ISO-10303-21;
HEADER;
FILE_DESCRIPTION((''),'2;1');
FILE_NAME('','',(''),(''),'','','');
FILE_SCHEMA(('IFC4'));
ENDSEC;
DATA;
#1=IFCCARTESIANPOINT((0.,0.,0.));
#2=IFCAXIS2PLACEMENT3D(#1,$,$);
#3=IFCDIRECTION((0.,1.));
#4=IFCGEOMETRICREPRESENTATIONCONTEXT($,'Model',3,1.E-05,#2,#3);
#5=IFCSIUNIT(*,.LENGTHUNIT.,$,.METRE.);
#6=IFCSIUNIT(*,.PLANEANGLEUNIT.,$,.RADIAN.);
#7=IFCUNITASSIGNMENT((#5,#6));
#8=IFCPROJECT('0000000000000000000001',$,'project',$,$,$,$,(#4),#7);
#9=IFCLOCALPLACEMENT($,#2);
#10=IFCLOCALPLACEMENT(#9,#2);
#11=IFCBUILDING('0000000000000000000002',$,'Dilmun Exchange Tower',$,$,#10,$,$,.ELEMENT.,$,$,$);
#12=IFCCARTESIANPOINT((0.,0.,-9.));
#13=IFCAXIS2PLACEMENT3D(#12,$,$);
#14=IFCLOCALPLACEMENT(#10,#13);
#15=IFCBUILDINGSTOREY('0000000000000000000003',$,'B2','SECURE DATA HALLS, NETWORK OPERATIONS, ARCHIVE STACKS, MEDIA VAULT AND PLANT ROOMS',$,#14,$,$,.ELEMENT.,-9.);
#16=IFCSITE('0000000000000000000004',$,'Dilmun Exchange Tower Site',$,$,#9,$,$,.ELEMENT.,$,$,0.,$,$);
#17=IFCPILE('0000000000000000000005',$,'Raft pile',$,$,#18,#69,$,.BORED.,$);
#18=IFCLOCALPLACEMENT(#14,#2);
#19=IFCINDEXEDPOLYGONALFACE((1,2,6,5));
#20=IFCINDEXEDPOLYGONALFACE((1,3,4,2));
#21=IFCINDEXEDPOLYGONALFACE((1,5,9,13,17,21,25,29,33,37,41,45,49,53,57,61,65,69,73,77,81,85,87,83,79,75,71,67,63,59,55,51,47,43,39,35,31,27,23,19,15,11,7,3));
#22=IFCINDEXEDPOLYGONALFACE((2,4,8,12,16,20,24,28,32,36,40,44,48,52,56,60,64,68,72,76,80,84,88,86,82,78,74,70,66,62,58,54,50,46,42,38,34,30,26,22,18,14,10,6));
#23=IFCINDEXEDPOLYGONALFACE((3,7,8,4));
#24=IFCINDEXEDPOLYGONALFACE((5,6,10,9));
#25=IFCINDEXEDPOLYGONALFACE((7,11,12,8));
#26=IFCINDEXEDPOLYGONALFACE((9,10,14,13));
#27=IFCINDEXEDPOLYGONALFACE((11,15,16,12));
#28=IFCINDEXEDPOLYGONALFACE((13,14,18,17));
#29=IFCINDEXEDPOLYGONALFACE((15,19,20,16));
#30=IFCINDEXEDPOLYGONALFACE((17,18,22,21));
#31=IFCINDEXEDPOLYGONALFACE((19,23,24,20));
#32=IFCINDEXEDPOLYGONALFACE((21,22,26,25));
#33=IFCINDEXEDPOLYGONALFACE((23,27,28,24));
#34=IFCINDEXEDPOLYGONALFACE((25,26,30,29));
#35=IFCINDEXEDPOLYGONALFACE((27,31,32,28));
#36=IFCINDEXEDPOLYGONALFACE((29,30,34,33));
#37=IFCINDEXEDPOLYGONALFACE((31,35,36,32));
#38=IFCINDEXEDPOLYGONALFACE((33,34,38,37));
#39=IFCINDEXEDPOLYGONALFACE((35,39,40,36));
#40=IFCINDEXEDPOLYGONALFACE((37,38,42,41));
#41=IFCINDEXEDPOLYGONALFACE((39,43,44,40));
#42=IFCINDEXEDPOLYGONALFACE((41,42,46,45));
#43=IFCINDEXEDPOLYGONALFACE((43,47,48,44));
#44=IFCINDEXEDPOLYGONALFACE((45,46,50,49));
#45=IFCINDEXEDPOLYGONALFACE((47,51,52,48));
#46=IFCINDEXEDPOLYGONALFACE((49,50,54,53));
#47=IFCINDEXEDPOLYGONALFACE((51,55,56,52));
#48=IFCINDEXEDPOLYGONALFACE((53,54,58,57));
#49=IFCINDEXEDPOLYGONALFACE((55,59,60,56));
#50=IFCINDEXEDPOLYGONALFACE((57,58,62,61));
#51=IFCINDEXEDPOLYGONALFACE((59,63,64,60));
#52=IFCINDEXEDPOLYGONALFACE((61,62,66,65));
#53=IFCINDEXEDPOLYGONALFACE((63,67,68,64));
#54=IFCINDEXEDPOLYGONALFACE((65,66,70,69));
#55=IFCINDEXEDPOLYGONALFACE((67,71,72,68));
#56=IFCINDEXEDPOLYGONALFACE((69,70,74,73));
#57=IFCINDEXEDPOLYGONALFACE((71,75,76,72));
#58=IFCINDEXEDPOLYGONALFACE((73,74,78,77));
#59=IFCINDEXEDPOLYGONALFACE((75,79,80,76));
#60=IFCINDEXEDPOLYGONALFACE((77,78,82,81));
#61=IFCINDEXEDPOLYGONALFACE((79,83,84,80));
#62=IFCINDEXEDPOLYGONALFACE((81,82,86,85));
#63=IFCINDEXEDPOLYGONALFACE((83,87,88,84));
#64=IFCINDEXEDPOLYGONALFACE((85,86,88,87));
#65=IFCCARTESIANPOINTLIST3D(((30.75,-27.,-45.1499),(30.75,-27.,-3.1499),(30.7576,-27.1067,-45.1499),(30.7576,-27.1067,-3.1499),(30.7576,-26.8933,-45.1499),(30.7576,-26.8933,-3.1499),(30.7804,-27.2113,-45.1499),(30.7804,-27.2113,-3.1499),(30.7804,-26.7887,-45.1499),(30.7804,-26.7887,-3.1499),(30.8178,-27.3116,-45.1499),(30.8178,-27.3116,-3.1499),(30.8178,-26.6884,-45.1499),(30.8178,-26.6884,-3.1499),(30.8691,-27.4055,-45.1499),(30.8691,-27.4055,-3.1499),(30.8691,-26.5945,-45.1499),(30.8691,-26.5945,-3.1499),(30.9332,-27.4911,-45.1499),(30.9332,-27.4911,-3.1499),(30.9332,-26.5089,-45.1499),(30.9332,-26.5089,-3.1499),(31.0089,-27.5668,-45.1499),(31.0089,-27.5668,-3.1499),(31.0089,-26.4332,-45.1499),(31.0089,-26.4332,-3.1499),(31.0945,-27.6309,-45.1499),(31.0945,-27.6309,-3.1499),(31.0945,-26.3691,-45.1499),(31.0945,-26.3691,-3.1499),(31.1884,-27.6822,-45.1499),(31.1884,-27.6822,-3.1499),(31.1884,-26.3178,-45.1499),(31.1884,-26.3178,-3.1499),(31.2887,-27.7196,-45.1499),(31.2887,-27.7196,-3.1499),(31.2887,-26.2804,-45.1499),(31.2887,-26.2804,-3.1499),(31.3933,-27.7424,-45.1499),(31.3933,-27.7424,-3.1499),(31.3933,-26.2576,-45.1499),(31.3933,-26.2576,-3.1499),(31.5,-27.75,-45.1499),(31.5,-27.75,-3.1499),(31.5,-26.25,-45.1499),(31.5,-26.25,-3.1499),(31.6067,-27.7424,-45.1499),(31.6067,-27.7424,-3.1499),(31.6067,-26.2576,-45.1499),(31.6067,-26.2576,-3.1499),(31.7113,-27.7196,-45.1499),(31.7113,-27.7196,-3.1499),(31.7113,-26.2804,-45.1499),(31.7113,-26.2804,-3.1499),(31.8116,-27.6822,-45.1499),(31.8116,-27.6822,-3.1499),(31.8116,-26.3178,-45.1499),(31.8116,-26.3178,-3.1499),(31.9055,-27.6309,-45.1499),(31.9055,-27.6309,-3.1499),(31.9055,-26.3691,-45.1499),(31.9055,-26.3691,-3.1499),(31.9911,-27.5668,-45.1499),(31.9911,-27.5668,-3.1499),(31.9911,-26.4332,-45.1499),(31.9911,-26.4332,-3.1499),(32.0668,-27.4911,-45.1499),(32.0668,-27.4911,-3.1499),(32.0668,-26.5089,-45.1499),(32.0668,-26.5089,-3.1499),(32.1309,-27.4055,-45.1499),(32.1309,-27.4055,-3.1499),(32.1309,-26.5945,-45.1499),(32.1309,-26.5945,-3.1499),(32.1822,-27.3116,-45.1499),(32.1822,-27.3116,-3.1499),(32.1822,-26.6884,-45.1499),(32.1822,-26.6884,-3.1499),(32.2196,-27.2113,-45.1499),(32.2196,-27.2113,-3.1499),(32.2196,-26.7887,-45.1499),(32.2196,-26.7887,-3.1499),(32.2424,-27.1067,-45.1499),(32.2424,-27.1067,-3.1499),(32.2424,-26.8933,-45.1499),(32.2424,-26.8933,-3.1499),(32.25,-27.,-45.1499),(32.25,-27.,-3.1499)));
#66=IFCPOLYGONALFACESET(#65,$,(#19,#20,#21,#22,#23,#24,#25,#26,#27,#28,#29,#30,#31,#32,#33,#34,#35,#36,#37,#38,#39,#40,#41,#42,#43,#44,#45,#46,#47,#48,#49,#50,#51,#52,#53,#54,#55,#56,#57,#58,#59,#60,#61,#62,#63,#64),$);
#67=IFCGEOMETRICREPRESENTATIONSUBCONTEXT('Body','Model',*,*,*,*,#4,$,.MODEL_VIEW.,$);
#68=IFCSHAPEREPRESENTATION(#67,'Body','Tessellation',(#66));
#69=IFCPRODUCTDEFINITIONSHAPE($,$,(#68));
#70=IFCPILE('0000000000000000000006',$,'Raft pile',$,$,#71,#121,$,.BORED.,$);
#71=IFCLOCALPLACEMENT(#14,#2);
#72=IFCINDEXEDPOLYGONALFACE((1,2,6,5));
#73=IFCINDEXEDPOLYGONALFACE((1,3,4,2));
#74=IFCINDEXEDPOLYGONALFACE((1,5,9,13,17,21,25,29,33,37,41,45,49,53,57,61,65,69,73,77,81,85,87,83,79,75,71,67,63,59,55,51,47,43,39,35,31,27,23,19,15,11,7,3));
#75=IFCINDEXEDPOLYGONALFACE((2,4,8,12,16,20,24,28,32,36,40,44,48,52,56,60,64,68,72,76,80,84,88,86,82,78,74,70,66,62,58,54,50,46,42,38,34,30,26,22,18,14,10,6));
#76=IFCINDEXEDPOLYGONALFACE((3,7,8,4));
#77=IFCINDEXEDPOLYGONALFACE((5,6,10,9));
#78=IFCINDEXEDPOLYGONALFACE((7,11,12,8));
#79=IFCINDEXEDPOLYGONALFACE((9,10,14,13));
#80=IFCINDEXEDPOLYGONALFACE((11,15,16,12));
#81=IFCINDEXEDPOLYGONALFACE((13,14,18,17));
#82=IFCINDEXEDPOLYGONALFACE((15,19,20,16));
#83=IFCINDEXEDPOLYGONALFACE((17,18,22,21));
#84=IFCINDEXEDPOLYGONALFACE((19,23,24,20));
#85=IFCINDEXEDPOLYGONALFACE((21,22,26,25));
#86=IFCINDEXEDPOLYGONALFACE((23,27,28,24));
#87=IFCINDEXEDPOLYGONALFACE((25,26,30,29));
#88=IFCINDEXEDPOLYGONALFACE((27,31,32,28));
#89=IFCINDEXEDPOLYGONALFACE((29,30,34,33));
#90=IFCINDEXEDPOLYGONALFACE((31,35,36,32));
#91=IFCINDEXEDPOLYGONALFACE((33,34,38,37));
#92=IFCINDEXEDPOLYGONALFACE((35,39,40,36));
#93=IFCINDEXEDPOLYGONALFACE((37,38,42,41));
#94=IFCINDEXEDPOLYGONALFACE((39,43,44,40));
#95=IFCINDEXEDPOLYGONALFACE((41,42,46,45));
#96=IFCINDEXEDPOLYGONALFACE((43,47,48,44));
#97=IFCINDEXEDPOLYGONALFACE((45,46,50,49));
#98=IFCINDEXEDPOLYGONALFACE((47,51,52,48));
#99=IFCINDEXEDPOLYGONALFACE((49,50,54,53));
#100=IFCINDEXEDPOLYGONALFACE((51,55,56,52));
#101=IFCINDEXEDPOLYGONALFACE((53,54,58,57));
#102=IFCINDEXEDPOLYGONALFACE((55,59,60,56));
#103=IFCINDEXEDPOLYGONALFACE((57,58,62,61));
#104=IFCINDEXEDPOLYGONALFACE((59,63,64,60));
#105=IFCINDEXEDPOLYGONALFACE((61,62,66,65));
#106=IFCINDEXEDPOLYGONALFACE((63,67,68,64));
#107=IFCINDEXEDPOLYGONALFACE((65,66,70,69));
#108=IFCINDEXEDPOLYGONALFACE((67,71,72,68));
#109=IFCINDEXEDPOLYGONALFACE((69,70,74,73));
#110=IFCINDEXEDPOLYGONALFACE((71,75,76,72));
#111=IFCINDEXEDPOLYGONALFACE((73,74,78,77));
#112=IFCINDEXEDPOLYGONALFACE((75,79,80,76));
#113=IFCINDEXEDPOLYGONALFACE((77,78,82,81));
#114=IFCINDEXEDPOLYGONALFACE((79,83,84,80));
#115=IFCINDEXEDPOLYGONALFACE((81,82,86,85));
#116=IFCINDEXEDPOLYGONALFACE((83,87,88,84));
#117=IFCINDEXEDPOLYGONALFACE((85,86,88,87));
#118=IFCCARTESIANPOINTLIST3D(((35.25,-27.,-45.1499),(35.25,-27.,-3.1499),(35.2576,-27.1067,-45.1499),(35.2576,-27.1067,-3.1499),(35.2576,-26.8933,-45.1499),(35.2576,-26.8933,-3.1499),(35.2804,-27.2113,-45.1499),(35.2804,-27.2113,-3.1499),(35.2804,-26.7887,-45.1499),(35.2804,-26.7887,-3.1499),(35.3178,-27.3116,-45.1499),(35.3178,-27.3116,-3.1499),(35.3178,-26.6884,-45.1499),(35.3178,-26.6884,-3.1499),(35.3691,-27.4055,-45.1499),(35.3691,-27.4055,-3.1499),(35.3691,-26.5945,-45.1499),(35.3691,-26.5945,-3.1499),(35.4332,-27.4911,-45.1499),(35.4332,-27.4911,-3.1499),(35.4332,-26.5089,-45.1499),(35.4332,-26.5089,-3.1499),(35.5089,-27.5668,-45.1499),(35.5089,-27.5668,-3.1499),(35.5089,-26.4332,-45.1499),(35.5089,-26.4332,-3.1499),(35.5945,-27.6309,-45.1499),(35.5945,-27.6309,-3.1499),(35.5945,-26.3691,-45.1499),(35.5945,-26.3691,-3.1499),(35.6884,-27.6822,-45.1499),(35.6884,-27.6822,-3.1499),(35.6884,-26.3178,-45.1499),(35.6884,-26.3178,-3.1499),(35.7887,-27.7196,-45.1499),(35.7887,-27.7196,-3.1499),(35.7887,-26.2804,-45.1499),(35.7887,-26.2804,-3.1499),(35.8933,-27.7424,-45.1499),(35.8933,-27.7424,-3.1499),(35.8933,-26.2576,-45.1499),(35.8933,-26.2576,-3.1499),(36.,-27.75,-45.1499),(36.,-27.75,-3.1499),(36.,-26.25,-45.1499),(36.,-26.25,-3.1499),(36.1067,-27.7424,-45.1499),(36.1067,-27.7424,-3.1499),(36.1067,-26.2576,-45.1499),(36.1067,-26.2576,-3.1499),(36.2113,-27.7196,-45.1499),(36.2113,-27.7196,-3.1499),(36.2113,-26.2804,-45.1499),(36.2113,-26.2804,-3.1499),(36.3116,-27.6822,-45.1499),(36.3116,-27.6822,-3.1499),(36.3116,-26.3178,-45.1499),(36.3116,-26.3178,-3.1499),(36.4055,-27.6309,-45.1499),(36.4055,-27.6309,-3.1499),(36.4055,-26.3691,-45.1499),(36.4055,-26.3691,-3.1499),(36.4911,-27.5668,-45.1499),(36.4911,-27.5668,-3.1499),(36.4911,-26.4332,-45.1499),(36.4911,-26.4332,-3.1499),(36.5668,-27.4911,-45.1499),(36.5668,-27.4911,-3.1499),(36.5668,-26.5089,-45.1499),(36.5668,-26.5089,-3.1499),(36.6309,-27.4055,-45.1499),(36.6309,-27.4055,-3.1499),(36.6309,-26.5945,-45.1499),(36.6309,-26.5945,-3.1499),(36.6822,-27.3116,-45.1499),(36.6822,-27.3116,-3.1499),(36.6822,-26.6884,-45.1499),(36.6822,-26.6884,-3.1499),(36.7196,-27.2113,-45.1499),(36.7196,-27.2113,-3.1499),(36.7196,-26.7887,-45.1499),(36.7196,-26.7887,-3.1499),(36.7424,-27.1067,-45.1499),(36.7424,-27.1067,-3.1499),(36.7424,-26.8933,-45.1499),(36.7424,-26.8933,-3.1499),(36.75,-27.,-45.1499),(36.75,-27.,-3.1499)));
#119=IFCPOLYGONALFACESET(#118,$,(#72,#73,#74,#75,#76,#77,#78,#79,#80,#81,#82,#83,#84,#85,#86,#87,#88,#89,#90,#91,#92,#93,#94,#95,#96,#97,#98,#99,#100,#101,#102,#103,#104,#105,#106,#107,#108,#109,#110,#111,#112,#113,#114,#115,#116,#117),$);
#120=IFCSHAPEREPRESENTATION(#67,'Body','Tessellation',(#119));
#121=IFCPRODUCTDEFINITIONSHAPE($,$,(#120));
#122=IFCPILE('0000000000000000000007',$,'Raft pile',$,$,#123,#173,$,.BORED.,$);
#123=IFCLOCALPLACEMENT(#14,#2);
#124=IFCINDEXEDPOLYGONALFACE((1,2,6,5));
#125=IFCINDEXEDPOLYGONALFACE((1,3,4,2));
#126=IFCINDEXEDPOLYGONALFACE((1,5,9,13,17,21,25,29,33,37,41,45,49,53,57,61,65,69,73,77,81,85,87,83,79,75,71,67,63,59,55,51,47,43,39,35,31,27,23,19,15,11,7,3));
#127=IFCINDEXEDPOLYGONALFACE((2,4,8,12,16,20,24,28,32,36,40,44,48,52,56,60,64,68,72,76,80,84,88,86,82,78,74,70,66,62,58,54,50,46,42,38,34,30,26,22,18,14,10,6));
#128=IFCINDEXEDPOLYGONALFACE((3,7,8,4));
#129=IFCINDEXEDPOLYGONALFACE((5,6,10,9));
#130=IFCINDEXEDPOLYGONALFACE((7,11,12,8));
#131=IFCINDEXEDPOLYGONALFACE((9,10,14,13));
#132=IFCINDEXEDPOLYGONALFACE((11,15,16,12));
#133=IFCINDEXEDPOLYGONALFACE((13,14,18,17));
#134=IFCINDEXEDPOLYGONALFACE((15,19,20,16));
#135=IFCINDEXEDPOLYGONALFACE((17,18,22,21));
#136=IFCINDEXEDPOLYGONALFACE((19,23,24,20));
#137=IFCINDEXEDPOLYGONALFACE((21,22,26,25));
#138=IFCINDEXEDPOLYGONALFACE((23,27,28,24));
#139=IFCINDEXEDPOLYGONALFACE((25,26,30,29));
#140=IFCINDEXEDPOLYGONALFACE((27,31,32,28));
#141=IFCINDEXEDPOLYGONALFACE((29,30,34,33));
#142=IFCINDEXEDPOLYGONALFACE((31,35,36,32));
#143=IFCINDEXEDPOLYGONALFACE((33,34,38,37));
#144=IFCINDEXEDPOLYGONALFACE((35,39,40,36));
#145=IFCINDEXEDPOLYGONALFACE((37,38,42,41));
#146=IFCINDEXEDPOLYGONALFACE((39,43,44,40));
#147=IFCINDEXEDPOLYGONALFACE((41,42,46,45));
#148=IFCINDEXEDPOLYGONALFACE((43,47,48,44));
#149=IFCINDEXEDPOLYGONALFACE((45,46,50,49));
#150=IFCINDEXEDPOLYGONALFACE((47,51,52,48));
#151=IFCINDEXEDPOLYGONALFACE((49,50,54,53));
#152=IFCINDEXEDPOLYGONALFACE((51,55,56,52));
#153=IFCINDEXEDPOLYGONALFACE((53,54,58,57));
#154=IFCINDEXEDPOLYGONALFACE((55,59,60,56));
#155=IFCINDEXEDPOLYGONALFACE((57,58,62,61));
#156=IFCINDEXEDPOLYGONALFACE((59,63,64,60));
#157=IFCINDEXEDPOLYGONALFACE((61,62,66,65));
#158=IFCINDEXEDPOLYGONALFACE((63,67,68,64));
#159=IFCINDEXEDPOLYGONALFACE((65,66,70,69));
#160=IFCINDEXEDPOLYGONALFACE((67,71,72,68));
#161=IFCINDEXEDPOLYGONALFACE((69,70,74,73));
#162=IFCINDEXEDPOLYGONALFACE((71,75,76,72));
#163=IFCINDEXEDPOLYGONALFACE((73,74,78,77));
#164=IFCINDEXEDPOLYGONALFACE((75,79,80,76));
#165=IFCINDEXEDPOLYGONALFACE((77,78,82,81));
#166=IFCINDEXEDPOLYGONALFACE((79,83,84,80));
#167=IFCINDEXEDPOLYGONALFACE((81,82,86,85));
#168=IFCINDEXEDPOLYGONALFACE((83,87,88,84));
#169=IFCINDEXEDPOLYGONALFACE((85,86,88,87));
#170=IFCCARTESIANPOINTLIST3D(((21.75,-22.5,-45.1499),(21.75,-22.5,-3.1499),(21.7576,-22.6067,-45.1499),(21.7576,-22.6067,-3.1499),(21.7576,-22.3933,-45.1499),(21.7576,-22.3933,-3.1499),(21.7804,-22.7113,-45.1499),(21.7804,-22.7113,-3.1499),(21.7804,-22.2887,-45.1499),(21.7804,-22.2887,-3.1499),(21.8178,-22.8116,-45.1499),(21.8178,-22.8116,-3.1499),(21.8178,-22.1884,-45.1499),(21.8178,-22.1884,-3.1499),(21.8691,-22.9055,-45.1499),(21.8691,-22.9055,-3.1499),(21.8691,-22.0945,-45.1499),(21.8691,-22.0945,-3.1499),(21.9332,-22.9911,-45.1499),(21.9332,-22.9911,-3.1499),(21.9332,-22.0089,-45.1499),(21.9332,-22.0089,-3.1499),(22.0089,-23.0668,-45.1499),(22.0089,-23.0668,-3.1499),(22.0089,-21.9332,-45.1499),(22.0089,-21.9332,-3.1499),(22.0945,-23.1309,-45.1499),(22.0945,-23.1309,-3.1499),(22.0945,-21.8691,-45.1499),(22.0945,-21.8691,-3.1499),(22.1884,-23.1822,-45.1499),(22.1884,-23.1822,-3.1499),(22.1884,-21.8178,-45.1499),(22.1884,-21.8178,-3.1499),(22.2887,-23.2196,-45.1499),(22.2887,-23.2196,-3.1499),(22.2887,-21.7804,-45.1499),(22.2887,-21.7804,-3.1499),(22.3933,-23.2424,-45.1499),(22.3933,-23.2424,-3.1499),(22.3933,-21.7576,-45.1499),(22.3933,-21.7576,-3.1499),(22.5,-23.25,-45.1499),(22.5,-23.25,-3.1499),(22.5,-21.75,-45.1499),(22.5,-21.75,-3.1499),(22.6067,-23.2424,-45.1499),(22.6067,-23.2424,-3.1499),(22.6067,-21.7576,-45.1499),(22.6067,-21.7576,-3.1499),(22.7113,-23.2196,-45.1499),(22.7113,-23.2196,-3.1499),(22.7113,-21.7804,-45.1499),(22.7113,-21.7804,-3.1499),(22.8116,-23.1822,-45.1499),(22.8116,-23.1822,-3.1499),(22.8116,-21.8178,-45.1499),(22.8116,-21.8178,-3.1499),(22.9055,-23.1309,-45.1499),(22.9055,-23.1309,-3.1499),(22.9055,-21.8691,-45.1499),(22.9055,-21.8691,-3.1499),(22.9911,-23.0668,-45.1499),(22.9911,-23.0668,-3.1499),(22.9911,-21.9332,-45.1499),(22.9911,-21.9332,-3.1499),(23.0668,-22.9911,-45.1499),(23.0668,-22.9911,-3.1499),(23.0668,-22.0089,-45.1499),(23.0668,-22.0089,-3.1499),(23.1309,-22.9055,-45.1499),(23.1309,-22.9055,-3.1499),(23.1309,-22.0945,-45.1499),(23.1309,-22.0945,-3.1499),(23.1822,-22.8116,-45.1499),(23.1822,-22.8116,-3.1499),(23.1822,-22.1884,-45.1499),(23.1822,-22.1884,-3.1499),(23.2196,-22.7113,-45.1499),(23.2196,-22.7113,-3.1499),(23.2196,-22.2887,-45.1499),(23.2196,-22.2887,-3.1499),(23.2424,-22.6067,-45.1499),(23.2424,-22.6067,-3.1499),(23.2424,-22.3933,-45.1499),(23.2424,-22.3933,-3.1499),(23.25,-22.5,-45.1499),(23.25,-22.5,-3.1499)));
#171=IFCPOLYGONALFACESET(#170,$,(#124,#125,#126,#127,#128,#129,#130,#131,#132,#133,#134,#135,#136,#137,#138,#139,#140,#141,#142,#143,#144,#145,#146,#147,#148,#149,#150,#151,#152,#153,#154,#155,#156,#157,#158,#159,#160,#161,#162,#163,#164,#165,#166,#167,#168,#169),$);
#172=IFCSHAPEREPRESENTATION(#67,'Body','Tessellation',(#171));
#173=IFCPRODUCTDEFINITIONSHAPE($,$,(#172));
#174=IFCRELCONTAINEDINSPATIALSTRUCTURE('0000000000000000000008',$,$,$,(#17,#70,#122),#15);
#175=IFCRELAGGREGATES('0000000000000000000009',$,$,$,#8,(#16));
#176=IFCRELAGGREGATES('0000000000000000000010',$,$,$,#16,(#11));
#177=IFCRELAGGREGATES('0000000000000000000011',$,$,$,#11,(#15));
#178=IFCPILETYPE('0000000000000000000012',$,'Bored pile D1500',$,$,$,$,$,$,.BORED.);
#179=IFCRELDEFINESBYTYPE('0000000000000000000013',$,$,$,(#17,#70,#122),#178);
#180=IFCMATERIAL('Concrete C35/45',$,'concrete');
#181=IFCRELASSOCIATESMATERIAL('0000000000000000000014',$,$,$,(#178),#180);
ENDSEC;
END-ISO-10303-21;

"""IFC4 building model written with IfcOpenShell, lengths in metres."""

from ifc_helpers import new_model, si_unit, direction, frame, origin, origin_2d, place, context, subcontext, project, spatial, circle, extrude, material, material_profile, profile_set, type_object, element, save


model = new_model("IFC4")

# Units and contexts
model_context = context("Model", 3, precision=1e-05, world=origin(), true_north=direction((0.0, 1.0)))
body_context = subcontext(model_context, "Body", "Model", "MODEL_VIEW")
ifc_project = project(units=[si_unit("LENGTHUNIT", "METRE"), si_unit("PLANEANGLEUNIT", "RADIAN")], contexts=[model_context])

# Site, building, storey
site_placement = place(None, origin())
site = spatial("IfcSite", under=ifc_project, at=site_placement, Name="Dilmun Exchange Tower Site", CompositionType="ELEMENT", RefElevation=0.0)
building_placement = place(site_placement, origin())
building = spatial("IfcBuilding", under=site, at=building_placement, Name="Dilmun Exchange Tower", CompositionType="ELEMENT")
storey_placement = place(building_placement, frame((0.0, 0.0, -9.0)))
storey = spatial("IfcBuildingStorey", under=building, at=storey_placement, Name="B2", Description="SECURE DATA HALLS, NETWORK OPERATIONS, ARCHIVE STACKS, MEDIA VAULT AND PLANT ROOMS", CompositionType="ELEMENT", Elevation=-9.0)

# Piles
ifc_material_1 = material(Name="Concrete C35/45", Category="concrete")
ifc_material_profile_1 = material_profile(ifc_material_1, circle(Radius=0.75, at=origin_2d()), Name="D1500")
ifc_profile_set_1 = profile_set([ifc_material_profile_1], Name="Concrete C35/45")
pile_type = type_object("IfcPileType", Name="Bored pile D1500", PredefinedType="BORED", material=ifc_profile_set_1)
for number, where, z_axis, x_axis, name in (
    (1, (31.5, -27.0, -3.1499), (0.0, 0.0, -1.0), (1.0, 0.0, 0.0), "Raft pile"),
    (2, (36.0, -27.0, -3.1499), (0.0, 0.0, -1.0), (1.0, 0.0, 0.0), "Raft pile"),
    (3, (22.5, -22.5, -3.1499), (0.0, 0.0, -1.0), (1.0, 0.0, 0.0), "Raft pile"),
):
    element("IfcPile", number, at=place(storey_placement, frame(where, z_axis=z_axis, x_axis=x_axis)), inside=storey, type_object=pile_type, Name=name, PredefinedType="BORED", context=body_context, shape_type="SweptSolid", body=[
        extrude(circle(Radius=0.75, at=origin_2d()), origin(), (0.0, 0.0, 1.0), 42.0),
    ])

save(model, "model.ifc")
